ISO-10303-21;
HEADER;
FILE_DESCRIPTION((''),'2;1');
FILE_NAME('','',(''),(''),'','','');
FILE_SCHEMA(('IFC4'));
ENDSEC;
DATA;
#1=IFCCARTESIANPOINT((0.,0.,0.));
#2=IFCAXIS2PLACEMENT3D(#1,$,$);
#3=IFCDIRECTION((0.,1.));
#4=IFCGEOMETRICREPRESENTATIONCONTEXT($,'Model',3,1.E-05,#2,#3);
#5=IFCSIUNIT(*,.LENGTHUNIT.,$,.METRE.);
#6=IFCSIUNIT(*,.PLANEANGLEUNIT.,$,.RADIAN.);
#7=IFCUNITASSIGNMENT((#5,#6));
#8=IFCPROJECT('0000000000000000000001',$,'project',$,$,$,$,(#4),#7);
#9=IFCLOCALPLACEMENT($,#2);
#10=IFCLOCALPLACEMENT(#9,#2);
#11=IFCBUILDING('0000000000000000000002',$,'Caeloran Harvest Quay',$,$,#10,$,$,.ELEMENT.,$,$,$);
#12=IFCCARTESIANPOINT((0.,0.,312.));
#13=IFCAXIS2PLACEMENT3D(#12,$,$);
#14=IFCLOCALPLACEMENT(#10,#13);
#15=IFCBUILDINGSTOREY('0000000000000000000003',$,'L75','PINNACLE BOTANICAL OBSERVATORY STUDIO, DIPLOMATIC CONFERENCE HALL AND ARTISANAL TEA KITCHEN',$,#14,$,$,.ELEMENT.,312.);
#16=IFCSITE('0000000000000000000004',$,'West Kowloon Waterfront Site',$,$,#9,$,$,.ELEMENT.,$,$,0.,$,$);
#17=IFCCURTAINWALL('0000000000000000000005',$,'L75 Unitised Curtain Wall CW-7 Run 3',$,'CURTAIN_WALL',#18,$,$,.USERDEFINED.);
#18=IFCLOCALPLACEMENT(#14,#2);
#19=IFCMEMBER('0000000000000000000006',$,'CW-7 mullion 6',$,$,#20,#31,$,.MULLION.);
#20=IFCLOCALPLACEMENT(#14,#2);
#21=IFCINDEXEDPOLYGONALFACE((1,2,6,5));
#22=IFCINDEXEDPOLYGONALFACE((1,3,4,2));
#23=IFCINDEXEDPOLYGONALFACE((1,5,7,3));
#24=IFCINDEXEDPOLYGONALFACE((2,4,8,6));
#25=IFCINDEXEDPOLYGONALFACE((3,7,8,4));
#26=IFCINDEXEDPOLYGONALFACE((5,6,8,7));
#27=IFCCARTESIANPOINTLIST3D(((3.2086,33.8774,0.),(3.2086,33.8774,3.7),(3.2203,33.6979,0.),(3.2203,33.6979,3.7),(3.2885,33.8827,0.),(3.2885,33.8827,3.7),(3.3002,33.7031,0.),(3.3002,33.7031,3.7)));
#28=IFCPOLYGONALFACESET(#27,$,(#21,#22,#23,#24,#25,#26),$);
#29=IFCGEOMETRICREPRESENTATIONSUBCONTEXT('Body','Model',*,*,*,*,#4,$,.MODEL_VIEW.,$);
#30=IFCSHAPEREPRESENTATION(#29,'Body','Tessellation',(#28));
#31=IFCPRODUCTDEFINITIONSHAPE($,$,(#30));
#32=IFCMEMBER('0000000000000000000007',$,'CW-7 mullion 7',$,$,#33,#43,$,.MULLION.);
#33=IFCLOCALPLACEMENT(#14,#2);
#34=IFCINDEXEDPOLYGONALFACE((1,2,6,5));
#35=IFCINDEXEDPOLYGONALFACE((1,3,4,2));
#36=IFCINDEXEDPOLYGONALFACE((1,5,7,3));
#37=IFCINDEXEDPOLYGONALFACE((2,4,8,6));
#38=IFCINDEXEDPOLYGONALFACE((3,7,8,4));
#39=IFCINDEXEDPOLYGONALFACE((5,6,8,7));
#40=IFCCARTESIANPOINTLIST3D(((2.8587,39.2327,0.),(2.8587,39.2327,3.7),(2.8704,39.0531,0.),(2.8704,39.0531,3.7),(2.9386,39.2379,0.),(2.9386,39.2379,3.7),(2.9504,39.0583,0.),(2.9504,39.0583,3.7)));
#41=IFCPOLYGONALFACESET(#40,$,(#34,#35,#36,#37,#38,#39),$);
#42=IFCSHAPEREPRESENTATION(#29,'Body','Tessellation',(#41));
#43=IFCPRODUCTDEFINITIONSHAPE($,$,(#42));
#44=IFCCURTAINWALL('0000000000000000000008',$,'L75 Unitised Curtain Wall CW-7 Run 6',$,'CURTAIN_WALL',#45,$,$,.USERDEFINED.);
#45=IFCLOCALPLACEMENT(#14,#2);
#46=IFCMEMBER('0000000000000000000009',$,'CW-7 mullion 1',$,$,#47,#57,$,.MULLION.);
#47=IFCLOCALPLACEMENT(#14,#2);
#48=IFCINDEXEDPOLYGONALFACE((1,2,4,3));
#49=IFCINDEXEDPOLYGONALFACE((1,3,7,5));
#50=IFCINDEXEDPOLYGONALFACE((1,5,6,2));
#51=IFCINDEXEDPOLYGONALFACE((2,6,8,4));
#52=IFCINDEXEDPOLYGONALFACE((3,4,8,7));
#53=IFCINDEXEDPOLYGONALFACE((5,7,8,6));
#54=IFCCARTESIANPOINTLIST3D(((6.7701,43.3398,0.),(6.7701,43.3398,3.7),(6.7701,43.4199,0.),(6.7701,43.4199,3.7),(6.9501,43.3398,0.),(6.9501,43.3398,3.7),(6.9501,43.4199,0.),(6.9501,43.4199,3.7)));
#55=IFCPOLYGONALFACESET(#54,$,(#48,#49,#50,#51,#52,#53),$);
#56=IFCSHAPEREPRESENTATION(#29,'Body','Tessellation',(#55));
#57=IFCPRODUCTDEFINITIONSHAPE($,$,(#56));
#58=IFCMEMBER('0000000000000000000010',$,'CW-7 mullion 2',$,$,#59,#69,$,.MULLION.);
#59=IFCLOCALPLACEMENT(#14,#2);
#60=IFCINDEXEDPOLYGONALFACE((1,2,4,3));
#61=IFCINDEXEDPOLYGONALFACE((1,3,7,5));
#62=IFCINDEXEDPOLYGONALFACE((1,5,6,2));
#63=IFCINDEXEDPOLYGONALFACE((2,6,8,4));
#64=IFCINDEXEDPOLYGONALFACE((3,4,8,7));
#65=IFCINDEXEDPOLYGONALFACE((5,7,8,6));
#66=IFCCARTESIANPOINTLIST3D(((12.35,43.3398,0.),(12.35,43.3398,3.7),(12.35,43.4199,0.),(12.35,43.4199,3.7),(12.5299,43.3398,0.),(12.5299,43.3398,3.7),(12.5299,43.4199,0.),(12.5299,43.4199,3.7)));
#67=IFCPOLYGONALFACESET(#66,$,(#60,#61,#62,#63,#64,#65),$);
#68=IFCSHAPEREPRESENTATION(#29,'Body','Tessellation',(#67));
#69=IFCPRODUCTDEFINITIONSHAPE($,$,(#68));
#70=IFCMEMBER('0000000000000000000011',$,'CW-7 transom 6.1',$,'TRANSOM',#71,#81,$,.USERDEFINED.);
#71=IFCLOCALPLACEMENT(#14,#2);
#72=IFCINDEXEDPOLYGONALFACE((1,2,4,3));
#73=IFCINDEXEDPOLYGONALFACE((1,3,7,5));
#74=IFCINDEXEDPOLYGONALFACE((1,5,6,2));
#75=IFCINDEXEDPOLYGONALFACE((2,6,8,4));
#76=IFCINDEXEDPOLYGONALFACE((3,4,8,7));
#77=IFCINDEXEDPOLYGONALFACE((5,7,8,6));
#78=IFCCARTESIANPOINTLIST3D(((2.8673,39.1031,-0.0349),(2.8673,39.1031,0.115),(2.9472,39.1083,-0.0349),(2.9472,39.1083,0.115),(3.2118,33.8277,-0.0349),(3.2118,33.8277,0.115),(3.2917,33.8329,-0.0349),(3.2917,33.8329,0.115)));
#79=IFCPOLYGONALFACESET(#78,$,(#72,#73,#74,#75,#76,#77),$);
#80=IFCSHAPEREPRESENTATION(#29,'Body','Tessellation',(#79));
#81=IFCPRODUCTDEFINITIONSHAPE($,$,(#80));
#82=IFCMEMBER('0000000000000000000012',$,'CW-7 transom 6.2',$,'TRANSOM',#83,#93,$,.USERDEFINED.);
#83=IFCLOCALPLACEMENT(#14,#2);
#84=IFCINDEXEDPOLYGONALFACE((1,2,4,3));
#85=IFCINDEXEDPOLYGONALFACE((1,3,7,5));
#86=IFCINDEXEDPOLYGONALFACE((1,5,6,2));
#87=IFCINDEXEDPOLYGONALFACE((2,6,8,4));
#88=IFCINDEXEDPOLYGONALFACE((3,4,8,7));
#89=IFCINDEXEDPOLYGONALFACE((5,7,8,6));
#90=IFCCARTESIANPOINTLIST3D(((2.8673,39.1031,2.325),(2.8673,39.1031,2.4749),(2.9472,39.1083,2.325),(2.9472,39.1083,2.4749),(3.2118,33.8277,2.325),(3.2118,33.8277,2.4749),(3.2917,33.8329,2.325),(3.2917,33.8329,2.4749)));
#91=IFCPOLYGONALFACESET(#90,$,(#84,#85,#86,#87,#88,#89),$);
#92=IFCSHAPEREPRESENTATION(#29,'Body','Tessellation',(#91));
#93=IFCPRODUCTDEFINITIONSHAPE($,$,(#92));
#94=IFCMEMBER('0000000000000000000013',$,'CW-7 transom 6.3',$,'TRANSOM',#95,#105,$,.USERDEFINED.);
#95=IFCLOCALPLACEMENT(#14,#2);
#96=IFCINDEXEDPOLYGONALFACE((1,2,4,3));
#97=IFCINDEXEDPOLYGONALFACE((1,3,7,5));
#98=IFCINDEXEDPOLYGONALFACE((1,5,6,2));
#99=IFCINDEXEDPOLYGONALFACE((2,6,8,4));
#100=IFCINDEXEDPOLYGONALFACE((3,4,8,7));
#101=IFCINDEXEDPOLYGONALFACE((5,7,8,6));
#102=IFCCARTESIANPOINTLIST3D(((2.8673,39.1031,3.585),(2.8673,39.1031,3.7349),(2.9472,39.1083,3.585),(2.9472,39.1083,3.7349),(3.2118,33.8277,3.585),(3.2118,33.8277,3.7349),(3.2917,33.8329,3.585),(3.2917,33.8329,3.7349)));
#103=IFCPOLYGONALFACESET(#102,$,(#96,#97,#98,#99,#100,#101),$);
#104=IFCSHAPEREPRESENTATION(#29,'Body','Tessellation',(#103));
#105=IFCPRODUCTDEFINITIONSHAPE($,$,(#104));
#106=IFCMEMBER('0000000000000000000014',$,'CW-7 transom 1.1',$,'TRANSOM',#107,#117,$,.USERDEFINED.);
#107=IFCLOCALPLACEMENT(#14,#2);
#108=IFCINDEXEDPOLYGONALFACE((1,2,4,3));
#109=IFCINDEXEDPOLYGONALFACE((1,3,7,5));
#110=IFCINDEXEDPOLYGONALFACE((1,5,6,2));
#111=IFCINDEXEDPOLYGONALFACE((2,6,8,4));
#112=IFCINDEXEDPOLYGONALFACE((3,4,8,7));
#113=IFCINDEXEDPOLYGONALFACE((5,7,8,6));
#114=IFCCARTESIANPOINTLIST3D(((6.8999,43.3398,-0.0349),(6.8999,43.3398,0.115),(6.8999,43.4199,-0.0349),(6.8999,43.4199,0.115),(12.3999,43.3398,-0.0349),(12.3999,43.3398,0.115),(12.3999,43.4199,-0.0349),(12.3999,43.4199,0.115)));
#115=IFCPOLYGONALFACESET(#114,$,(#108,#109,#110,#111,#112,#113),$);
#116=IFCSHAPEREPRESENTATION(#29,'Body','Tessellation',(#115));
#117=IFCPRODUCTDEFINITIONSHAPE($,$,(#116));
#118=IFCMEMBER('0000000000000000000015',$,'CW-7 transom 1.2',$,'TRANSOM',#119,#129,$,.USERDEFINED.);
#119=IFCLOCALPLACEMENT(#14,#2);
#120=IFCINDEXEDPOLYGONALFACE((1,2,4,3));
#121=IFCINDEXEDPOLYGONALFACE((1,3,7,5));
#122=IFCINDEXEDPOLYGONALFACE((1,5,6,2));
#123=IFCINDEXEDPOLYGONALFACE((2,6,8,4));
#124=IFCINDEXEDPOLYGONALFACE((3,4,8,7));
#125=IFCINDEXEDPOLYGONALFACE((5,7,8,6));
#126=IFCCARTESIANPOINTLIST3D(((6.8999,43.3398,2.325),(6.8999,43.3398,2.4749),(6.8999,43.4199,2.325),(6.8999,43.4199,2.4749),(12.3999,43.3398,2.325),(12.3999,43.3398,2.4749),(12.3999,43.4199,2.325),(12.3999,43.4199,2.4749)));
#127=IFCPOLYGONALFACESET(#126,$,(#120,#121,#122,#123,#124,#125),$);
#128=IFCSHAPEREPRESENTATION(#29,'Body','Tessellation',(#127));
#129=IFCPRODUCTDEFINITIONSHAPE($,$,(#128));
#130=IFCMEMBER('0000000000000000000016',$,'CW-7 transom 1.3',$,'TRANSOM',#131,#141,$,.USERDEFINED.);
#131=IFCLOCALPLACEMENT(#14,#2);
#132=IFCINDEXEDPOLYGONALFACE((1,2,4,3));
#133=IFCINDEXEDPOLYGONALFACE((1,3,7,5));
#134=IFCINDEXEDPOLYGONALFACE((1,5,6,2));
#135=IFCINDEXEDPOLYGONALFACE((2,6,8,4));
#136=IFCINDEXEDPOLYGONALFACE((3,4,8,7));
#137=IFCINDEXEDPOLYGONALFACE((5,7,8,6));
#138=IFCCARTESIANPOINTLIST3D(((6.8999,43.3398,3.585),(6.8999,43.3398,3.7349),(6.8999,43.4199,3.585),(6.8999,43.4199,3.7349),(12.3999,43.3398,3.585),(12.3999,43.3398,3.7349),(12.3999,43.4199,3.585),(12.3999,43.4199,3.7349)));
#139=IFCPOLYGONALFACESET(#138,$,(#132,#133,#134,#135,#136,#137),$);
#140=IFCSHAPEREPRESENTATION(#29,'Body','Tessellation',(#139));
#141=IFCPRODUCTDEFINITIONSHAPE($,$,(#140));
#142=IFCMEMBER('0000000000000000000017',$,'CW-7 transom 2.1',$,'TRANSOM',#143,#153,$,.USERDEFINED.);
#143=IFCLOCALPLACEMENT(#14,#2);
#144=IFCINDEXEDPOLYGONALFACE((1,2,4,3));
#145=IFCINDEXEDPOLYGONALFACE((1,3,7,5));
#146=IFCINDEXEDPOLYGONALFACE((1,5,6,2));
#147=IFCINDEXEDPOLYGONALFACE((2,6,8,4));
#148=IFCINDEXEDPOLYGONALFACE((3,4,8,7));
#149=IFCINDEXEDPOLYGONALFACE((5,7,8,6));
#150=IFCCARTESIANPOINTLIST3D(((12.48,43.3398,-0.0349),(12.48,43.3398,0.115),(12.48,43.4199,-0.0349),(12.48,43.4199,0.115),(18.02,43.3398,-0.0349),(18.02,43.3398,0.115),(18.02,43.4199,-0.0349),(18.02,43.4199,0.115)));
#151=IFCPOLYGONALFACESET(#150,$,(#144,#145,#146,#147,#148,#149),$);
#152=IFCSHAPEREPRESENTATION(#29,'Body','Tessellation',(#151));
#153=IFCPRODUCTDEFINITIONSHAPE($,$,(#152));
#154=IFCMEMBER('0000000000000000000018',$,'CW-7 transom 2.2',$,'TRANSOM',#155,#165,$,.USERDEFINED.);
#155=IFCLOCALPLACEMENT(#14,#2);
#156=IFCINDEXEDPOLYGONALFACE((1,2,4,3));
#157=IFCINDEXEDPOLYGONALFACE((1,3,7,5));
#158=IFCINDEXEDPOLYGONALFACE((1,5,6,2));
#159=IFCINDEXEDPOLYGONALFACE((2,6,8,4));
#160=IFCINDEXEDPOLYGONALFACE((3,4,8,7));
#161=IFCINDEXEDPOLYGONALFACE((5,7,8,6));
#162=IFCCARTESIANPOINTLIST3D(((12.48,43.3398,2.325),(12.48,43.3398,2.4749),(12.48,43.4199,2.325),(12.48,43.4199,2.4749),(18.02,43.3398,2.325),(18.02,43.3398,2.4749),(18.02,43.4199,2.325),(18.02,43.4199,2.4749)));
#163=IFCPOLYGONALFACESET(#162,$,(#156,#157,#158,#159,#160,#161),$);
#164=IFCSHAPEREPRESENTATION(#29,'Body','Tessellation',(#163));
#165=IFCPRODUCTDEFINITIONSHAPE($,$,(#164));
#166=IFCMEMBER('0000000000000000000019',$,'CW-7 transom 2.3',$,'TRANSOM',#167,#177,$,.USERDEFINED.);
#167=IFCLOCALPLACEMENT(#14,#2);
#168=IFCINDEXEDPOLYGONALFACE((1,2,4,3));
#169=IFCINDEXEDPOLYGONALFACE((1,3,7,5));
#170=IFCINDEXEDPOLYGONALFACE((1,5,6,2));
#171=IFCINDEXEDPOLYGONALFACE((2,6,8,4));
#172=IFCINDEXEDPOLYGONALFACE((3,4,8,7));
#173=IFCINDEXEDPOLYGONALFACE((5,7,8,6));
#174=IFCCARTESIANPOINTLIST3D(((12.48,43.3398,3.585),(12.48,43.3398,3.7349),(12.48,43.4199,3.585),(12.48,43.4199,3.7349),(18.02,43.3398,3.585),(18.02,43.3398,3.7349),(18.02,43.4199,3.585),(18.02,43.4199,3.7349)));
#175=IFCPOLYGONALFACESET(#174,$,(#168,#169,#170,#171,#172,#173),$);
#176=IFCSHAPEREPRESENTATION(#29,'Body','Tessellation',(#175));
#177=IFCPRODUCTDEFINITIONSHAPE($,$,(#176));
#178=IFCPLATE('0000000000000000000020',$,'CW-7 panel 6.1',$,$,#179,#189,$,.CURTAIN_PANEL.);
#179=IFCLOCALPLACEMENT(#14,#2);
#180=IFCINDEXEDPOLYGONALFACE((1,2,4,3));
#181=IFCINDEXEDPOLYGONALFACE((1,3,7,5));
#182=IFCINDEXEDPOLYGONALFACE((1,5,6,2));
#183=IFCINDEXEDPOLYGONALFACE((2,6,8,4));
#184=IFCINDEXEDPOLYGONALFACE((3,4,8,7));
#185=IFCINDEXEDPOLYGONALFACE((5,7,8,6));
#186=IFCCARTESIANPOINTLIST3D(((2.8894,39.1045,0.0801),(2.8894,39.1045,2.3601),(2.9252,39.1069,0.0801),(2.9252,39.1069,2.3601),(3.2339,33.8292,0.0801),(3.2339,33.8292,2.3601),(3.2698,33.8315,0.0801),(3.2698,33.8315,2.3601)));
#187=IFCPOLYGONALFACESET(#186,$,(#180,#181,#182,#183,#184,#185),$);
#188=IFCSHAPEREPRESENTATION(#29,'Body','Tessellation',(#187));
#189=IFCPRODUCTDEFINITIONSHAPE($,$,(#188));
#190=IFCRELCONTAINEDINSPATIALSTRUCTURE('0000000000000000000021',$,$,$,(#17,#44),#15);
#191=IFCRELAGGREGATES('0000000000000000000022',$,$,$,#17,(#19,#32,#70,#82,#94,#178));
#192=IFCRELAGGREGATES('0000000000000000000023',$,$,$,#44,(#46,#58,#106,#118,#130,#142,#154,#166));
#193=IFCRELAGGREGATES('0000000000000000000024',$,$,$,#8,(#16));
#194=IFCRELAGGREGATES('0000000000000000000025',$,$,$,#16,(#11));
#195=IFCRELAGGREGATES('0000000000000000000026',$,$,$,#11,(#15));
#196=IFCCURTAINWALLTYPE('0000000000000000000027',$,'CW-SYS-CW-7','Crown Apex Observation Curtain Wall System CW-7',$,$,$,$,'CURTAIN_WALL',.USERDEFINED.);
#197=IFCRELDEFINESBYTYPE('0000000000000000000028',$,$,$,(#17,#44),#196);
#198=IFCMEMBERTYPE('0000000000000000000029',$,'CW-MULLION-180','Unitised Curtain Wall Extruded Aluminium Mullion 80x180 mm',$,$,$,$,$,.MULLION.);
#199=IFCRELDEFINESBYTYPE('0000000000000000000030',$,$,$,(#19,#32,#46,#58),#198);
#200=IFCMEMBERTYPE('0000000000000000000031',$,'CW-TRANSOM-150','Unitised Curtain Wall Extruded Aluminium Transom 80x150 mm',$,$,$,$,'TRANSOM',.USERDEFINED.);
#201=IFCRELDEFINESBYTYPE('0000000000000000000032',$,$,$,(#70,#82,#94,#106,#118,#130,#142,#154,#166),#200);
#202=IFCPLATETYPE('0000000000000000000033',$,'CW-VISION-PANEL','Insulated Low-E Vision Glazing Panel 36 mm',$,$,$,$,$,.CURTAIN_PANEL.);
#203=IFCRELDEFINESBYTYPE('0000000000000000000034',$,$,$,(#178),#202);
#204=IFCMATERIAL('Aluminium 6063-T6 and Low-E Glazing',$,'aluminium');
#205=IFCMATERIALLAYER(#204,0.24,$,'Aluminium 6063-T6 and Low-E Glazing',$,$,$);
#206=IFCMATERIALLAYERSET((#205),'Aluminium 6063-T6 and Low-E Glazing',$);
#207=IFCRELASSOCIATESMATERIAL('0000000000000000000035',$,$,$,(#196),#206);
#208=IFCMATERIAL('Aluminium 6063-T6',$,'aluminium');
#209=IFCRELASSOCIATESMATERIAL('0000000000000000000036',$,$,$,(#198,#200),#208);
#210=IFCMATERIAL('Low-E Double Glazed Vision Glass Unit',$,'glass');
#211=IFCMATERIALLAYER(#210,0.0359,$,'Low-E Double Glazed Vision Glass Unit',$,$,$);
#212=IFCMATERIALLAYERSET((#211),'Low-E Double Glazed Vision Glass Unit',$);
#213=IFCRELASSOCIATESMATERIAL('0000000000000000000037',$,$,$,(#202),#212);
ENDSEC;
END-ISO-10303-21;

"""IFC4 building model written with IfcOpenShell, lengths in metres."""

from ifc_helpers import new_model, si_unit, direction, frame, origin, origin_2d, place, context, subcontext, project, spatial, rectangle, extrude, material, layer, layer_set, material_profile, profile_set, type_object, element, aggregate, save


model = new_model("IFC4")

# Units and contexts
model_context = context("Model", 3, precision=1e-05, world=origin(), true_north=direction((0.0, 1.0)))
body_context = subcontext(model_context, "Body", "Model", "MODEL_VIEW")
ifc_project = project(units=[si_unit("LENGTHUNIT", "METRE"), si_unit("PLANEANGLEUNIT", "RADIAN")], contexts=[model_context])

# Site, building, storey
site_placement = place(None, origin())
site = spatial("IfcSite", under=ifc_project, at=site_placement, Name="West Kowloon Waterfront Site", CompositionType="ELEMENT", RefElevation=0.0)
building_placement = place(site_placement, origin())
building = spatial("IfcBuilding", under=site, at=building_placement, Name="Caeloran Harvest Quay", CompositionType="ELEMENT")
storey_placement = place(building_placement, frame((0.0, 0.0, 312.0)))
storey = spatial("IfcBuildingStorey", under=building, at=storey_placement, Name="L75", Description="PINNACLE BOTANICAL OBSERVATORY STUDIO, DIPLOMATIC CONFERENCE HALL AND ARTISANAL TEA KITCHEN", CompositionType="ELEMENT", Elevation=312.0)

# Curtain walls, members
ifc_material_1 = material(Name="Aluminium 6063-T6 and Low-E Glazing", Category="aluminium")
ifc_layer_1 = layer(ifc_material_1, 0.24, Name="Aluminium 6063-T6 and Low-E Glazing")
ifc_layer_set_1 = layer_set([ifc_layer_1], Name="Aluminium 6063-T6 and Low-E Glazing")
curtain_wall_type = type_object("IfcCurtainWallType", Name="CW-SYS-CW-7", Description="Crown Apex Observation Curtain Wall System CW-7", ElementType="CURTAIN_WALL", PredefinedType="USERDEFINED", material=ifc_layer_set_1)
curtain_wall_1_placement = place(storey_placement, origin())
curtain_wall_1 = element("IfcCurtainWall", 1, at=curtain_wall_1_placement, inside=storey, type_object=curtain_wall_type, Name="L75 Unitised Curtain Wall CW-7 Run 3", ObjectType="CURTAIN_WALL", PredefinedType="USERDEFINED")
ifc_material_2 = material(Name="Aluminium 6063-T6", Category="aluminium")
ifc_material_profile_1 = material_profile(ifc_material_2, rectangle(XDim=0.0801, YDim=0.1799, at=origin_2d()), Name="CW-MULLION-180")
ifc_profile_set_1 = profile_set([ifc_material_profile_1], Name="Aluminium 6063-T6")
member_type_1 = type_object("IfcMemberType", Name="CW-MULLION-180", Description="Unitised Curtain Wall Extruded Aluminium Mullion 80x180 mm", PredefinedType="MULLION", material=ifc_profile_set_1)
member_1_placement = place(storey_placement, frame((3.2544, 33.7903, 0.0), z_axis=(0.0, 0.0, 1.0), x_axis=(-0.997874, -0.065167, 0.0)))
member_1 = element("IfcMember", 2, at=member_1_placement, type_object=member_type_1, Name="CW-7 mullion 6", PredefinedType="MULLION", context=body_context, shape_type="SweptSolid", body=[
    extrude(rectangle(XDim=0.0801, YDim=0.1799, at=origin_2d()), origin(), (0.0, 0.0, 1.0), 3.7),
])
member_2_placement = place(storey_placement, frame((2.9045, 39.1455, 0.0), z_axis=(0.0, 0.0, 1.0), x_axis=(-0.997874, -0.065167, 0.0)))
member_2 = element("IfcMember", 3, at=member_2_placement, type_object=member_type_1, Name="CW-7 mullion 7", PredefinedType="MULLION", context=body_context, shape_type="SweptSolid", body=[
    extrude(rectangle(XDim=0.0801, YDim=0.1799, at=origin_2d()), origin(), (0.0, 0.0, 1.0), 3.7),
])
curtain_wall_2_placement = place(storey_placement, origin())
curtain_wall_2 = element("IfcCurtainWall", 4, at=curtain_wall_2_placement, inside=storey, type_object=curtain_wall_type, Name="L75 Unitised Curtain Wall CW-7 Run 6", ObjectType="CURTAIN_WALL", PredefinedType="USERDEFINED")
member_3_placement = place(storey_placement, frame((6.8601, 43.3799, 0.0), z_axis=(0.0, 0.0, 1.0), x_axis=(0.0, 1.0, 0.0)))
member_3 = element("IfcMember", 5, at=member_3_placement, type_object=member_type_1, Name="CW-7 mullion 1", PredefinedType="MULLION", context=body_context, shape_type="SweptSolid", body=[
    extrude(rectangle(XDim=0.0801, YDim=0.1799, at=origin_2d()), origin(), (0.0, 0.0, 1.0), 3.7),
])
member_4_placement = place(storey_placement, frame((12.4399, 43.3799, 0.0), z_axis=(0.0, 0.0, 1.0), x_axis=(0.0, 1.0, 0.0)))
member_4 = element("IfcMember", 6, at=member_4_placement, type_object=member_type_1, Name="CW-7 mullion 2", PredefinedType="MULLION", context=body_context, shape_type="SweptSolid", body=[
    extrude(rectangle(XDim=0.0801, YDim=0.1799, at=origin_2d()), origin(), (0.0, 0.0, 1.0), 3.7),
])

# Members
ifc_material_profile_2 = material_profile(ifc_material_2, rectangle(XDim=0.0801, YDim=0.1499, at=origin_2d()), Name="CW-TRANSOM-150")
ifc_profile_set_2 = profile_set([ifc_material_profile_2], Name="Aluminium 6063-T6")
member_type_2 = type_object("IfcMemberType", Name="CW-TRANSOM-150", Description="Unitised Curtain Wall Extruded Aluminium Transom 80x150 mm", ElementType="TRANSOM", PredefinedType="USERDEFINED", material=ifc_profile_set_2)
member_5_placement = place(storey_placement, frame((3.2517, 33.8303, 0.04), z_axis=(-0.065161, 0.997875, 0.0), x_axis=(-0.997875, -0.065161, 0.0)))
member_5 = element("IfcMember", 7, at=member_5_placement, type_object=member_type_2, Name="CW-7 transom 6.1", ObjectType="TRANSOM", PredefinedType="USERDEFINED", context=body_context, shape_type="SweptSolid", body=[
    extrude(rectangle(XDim=0.0801, YDim=0.1499, at=origin_2d()), origin(), (0.0, 0.0, 1.0), 5.2866),
])
member_6_placement = place(storey_placement, frame((3.2517, 33.8303, 2.3999), z_axis=(-0.065161, 0.997875, 0.0), x_axis=(-0.997875, -0.065161, 0.0)))
member_6 = element("IfcMember", 8, at=member_6_placement, type_object=member_type_2, Name="CW-7 transom 6.2", ObjectType="TRANSOM", PredefinedType="USERDEFINED", context=body_context, shape_type="SweptSolid", body=[
    extrude(rectangle(XDim=0.0801, YDim=0.1499, at=origin_2d()), origin(), (0.0, 0.0, 1.0), 5.2866),
])
member_7_placement = place(storey_placement, frame((3.2517, 33.8303, 3.6599), z_axis=(-0.065161, 0.997875, 0.0), x_axis=(-0.997875, -0.065161, 0.0)))
member_7 = element("IfcMember", 9, at=member_7_placement, type_object=member_type_2, Name="CW-7 transom 6.3", ObjectType="TRANSOM", PredefinedType="USERDEFINED", context=body_context, shape_type="SweptSolid", body=[
    extrude(rectangle(XDim=0.0801, YDim=0.1499, at=origin_2d()), origin(), (0.0, 0.0, 1.0), 5.2866),
])
member_8_placement = place(storey_placement, frame((6.8999, 43.3799, 0.04), z_axis=(1.0, 0.0, 0.0), x_axis=(0.0, 1.0, 0.0)))
member_8 = element("IfcMember", 10, at=member_8_placement, type_object=member_type_2, Name="CW-7 transom 1.1", ObjectType="TRANSOM", PredefinedType="USERDEFINED", context=body_context, shape_type="SweptSolid", body=[
    extrude(rectangle(XDim=0.0801, YDim=0.1499, at=origin_2d()), origin(), (0.0, 0.0, 1.0), 5.5),
])
member_9_placement = place(storey_placement, frame((6.8999, 43.3799, 2.3999), z_axis=(1.0, 0.0, 0.0), x_axis=(0.0, 1.0, 0.0)))
member_9 = element("IfcMember", 11, at=member_9_placement, type_object=member_type_2, Name="CW-7 transom 1.2", ObjectType="TRANSOM", PredefinedType="USERDEFINED", context=body_context, shape_type="SweptSolid", body=[
    extrude(rectangle(XDim=0.0801, YDim=0.1499, at=origin_2d()), origin(), (0.0, 0.0, 1.0), 5.5),
])
member_10_placement = place(storey_placement, frame((6.8999, 43.3799, 3.6599), z_axis=(1.0, 0.0, 0.0), x_axis=(0.0, 1.0, 0.0)))
member_10 = element("IfcMember", 12, at=member_10_placement, type_object=member_type_2, Name="CW-7 transom 1.3", ObjectType="TRANSOM", PredefinedType="USERDEFINED", context=body_context, shape_type="SweptSolid", body=[
    extrude(rectangle(XDim=0.0801, YDim=0.1499, at=origin_2d()), origin(), (0.0, 0.0, 1.0), 5.5),
])
member_11_placement = place(storey_placement, frame((12.48, 43.3799, 0.04), z_axis=(1.0, 0.0, 0.0), x_axis=(0.0, 1.0, 0.0)))
member_11 = element("IfcMember", 13, at=member_11_placement, type_object=member_type_2, Name="CW-7 transom 2.1", ObjectType="TRANSOM", PredefinedType="USERDEFINED", context=body_context, shape_type="SweptSolid", body=[
    extrude(rectangle(XDim=0.0801, YDim=0.1499, at=origin_2d()), origin(), (0.0, 0.0, 1.0), 5.54),
])
member_12_placement = place(storey_placement, frame((12.48, 43.3799, 2.3999), z_axis=(1.0, 0.0, 0.0), x_axis=(0.0, 1.0, 0.0)))
member_12 = element("IfcMember", 14, at=member_12_placement, type_object=member_type_2, Name="CW-7 transom 2.2", ObjectType="TRANSOM", PredefinedType="USERDEFINED", context=body_context, shape_type="SweptSolid", body=[
    extrude(rectangle(XDim=0.0801, YDim=0.1499, at=origin_2d()), origin(), (0.0, 0.0, 1.0), 5.54),
])
member_13_placement = place(storey_placement, frame((12.48, 43.3799, 3.6599), z_axis=(1.0, 0.0, 0.0), x_axis=(0.0, 1.0, 0.0)))
member_13 = element("IfcMember", 15, at=member_13_placement, type_object=member_type_2, Name="CW-7 transom 2.3", ObjectType="TRANSOM", PredefinedType="USERDEFINED", context=body_context, shape_type="SweptSolid", body=[
    extrude(rectangle(XDim=0.0801, YDim=0.1499, at=origin_2d()), origin(), (0.0, 0.0, 1.0), 5.54),
])

# Plate
ifc_material_3 = material(Name="Low-E Double Glazed Vision Glass Unit", Category="glass")
ifc_layer_2 = layer(ifc_material_3, 0.0359, Name="Low-E Double Glazed Vision Glass Unit")
ifc_layer_set_2 = layer_set([ifc_layer_2], Name="Low-E Double Glazed Vision Glass Unit")
plate_type = type_object("IfcPlateType", Name="CW-VISION-PANEL", Description="Insulated Low-E Vision Glazing Panel 36 mm", PredefinedType="CURTAIN_PANEL", material=ifc_layer_set_2)
plate_1_placement = place(storey_placement, frame((3.0796, 36.468, 0.0801), z_axis=(0.0, 0.0, 1.0), x_axis=(-0.065167, 0.997874, 0.0)))
plate_1 = element("IfcPlate", 16, at=plate_1_placement, type_object=plate_type, Name="CW-7 panel 6.1", PredefinedType="CURTAIN_PANEL", context=body_context, shape_type="SweptSolid", body=[
    extrude(rectangle(XDim=5.2866, YDim=0.0359, at=origin_2d()), origin(), (0.0, 0.0, 1.0), 2.28),
])
aggregate(curtain_wall_1, [member_1, member_2, member_5, member_6, member_7, plate_1])
aggregate(curtain_wall_2, [member_3, member_4, member_8, member_9, member_10, member_11, member_12, member_13])

save(model, "model.ifc")
